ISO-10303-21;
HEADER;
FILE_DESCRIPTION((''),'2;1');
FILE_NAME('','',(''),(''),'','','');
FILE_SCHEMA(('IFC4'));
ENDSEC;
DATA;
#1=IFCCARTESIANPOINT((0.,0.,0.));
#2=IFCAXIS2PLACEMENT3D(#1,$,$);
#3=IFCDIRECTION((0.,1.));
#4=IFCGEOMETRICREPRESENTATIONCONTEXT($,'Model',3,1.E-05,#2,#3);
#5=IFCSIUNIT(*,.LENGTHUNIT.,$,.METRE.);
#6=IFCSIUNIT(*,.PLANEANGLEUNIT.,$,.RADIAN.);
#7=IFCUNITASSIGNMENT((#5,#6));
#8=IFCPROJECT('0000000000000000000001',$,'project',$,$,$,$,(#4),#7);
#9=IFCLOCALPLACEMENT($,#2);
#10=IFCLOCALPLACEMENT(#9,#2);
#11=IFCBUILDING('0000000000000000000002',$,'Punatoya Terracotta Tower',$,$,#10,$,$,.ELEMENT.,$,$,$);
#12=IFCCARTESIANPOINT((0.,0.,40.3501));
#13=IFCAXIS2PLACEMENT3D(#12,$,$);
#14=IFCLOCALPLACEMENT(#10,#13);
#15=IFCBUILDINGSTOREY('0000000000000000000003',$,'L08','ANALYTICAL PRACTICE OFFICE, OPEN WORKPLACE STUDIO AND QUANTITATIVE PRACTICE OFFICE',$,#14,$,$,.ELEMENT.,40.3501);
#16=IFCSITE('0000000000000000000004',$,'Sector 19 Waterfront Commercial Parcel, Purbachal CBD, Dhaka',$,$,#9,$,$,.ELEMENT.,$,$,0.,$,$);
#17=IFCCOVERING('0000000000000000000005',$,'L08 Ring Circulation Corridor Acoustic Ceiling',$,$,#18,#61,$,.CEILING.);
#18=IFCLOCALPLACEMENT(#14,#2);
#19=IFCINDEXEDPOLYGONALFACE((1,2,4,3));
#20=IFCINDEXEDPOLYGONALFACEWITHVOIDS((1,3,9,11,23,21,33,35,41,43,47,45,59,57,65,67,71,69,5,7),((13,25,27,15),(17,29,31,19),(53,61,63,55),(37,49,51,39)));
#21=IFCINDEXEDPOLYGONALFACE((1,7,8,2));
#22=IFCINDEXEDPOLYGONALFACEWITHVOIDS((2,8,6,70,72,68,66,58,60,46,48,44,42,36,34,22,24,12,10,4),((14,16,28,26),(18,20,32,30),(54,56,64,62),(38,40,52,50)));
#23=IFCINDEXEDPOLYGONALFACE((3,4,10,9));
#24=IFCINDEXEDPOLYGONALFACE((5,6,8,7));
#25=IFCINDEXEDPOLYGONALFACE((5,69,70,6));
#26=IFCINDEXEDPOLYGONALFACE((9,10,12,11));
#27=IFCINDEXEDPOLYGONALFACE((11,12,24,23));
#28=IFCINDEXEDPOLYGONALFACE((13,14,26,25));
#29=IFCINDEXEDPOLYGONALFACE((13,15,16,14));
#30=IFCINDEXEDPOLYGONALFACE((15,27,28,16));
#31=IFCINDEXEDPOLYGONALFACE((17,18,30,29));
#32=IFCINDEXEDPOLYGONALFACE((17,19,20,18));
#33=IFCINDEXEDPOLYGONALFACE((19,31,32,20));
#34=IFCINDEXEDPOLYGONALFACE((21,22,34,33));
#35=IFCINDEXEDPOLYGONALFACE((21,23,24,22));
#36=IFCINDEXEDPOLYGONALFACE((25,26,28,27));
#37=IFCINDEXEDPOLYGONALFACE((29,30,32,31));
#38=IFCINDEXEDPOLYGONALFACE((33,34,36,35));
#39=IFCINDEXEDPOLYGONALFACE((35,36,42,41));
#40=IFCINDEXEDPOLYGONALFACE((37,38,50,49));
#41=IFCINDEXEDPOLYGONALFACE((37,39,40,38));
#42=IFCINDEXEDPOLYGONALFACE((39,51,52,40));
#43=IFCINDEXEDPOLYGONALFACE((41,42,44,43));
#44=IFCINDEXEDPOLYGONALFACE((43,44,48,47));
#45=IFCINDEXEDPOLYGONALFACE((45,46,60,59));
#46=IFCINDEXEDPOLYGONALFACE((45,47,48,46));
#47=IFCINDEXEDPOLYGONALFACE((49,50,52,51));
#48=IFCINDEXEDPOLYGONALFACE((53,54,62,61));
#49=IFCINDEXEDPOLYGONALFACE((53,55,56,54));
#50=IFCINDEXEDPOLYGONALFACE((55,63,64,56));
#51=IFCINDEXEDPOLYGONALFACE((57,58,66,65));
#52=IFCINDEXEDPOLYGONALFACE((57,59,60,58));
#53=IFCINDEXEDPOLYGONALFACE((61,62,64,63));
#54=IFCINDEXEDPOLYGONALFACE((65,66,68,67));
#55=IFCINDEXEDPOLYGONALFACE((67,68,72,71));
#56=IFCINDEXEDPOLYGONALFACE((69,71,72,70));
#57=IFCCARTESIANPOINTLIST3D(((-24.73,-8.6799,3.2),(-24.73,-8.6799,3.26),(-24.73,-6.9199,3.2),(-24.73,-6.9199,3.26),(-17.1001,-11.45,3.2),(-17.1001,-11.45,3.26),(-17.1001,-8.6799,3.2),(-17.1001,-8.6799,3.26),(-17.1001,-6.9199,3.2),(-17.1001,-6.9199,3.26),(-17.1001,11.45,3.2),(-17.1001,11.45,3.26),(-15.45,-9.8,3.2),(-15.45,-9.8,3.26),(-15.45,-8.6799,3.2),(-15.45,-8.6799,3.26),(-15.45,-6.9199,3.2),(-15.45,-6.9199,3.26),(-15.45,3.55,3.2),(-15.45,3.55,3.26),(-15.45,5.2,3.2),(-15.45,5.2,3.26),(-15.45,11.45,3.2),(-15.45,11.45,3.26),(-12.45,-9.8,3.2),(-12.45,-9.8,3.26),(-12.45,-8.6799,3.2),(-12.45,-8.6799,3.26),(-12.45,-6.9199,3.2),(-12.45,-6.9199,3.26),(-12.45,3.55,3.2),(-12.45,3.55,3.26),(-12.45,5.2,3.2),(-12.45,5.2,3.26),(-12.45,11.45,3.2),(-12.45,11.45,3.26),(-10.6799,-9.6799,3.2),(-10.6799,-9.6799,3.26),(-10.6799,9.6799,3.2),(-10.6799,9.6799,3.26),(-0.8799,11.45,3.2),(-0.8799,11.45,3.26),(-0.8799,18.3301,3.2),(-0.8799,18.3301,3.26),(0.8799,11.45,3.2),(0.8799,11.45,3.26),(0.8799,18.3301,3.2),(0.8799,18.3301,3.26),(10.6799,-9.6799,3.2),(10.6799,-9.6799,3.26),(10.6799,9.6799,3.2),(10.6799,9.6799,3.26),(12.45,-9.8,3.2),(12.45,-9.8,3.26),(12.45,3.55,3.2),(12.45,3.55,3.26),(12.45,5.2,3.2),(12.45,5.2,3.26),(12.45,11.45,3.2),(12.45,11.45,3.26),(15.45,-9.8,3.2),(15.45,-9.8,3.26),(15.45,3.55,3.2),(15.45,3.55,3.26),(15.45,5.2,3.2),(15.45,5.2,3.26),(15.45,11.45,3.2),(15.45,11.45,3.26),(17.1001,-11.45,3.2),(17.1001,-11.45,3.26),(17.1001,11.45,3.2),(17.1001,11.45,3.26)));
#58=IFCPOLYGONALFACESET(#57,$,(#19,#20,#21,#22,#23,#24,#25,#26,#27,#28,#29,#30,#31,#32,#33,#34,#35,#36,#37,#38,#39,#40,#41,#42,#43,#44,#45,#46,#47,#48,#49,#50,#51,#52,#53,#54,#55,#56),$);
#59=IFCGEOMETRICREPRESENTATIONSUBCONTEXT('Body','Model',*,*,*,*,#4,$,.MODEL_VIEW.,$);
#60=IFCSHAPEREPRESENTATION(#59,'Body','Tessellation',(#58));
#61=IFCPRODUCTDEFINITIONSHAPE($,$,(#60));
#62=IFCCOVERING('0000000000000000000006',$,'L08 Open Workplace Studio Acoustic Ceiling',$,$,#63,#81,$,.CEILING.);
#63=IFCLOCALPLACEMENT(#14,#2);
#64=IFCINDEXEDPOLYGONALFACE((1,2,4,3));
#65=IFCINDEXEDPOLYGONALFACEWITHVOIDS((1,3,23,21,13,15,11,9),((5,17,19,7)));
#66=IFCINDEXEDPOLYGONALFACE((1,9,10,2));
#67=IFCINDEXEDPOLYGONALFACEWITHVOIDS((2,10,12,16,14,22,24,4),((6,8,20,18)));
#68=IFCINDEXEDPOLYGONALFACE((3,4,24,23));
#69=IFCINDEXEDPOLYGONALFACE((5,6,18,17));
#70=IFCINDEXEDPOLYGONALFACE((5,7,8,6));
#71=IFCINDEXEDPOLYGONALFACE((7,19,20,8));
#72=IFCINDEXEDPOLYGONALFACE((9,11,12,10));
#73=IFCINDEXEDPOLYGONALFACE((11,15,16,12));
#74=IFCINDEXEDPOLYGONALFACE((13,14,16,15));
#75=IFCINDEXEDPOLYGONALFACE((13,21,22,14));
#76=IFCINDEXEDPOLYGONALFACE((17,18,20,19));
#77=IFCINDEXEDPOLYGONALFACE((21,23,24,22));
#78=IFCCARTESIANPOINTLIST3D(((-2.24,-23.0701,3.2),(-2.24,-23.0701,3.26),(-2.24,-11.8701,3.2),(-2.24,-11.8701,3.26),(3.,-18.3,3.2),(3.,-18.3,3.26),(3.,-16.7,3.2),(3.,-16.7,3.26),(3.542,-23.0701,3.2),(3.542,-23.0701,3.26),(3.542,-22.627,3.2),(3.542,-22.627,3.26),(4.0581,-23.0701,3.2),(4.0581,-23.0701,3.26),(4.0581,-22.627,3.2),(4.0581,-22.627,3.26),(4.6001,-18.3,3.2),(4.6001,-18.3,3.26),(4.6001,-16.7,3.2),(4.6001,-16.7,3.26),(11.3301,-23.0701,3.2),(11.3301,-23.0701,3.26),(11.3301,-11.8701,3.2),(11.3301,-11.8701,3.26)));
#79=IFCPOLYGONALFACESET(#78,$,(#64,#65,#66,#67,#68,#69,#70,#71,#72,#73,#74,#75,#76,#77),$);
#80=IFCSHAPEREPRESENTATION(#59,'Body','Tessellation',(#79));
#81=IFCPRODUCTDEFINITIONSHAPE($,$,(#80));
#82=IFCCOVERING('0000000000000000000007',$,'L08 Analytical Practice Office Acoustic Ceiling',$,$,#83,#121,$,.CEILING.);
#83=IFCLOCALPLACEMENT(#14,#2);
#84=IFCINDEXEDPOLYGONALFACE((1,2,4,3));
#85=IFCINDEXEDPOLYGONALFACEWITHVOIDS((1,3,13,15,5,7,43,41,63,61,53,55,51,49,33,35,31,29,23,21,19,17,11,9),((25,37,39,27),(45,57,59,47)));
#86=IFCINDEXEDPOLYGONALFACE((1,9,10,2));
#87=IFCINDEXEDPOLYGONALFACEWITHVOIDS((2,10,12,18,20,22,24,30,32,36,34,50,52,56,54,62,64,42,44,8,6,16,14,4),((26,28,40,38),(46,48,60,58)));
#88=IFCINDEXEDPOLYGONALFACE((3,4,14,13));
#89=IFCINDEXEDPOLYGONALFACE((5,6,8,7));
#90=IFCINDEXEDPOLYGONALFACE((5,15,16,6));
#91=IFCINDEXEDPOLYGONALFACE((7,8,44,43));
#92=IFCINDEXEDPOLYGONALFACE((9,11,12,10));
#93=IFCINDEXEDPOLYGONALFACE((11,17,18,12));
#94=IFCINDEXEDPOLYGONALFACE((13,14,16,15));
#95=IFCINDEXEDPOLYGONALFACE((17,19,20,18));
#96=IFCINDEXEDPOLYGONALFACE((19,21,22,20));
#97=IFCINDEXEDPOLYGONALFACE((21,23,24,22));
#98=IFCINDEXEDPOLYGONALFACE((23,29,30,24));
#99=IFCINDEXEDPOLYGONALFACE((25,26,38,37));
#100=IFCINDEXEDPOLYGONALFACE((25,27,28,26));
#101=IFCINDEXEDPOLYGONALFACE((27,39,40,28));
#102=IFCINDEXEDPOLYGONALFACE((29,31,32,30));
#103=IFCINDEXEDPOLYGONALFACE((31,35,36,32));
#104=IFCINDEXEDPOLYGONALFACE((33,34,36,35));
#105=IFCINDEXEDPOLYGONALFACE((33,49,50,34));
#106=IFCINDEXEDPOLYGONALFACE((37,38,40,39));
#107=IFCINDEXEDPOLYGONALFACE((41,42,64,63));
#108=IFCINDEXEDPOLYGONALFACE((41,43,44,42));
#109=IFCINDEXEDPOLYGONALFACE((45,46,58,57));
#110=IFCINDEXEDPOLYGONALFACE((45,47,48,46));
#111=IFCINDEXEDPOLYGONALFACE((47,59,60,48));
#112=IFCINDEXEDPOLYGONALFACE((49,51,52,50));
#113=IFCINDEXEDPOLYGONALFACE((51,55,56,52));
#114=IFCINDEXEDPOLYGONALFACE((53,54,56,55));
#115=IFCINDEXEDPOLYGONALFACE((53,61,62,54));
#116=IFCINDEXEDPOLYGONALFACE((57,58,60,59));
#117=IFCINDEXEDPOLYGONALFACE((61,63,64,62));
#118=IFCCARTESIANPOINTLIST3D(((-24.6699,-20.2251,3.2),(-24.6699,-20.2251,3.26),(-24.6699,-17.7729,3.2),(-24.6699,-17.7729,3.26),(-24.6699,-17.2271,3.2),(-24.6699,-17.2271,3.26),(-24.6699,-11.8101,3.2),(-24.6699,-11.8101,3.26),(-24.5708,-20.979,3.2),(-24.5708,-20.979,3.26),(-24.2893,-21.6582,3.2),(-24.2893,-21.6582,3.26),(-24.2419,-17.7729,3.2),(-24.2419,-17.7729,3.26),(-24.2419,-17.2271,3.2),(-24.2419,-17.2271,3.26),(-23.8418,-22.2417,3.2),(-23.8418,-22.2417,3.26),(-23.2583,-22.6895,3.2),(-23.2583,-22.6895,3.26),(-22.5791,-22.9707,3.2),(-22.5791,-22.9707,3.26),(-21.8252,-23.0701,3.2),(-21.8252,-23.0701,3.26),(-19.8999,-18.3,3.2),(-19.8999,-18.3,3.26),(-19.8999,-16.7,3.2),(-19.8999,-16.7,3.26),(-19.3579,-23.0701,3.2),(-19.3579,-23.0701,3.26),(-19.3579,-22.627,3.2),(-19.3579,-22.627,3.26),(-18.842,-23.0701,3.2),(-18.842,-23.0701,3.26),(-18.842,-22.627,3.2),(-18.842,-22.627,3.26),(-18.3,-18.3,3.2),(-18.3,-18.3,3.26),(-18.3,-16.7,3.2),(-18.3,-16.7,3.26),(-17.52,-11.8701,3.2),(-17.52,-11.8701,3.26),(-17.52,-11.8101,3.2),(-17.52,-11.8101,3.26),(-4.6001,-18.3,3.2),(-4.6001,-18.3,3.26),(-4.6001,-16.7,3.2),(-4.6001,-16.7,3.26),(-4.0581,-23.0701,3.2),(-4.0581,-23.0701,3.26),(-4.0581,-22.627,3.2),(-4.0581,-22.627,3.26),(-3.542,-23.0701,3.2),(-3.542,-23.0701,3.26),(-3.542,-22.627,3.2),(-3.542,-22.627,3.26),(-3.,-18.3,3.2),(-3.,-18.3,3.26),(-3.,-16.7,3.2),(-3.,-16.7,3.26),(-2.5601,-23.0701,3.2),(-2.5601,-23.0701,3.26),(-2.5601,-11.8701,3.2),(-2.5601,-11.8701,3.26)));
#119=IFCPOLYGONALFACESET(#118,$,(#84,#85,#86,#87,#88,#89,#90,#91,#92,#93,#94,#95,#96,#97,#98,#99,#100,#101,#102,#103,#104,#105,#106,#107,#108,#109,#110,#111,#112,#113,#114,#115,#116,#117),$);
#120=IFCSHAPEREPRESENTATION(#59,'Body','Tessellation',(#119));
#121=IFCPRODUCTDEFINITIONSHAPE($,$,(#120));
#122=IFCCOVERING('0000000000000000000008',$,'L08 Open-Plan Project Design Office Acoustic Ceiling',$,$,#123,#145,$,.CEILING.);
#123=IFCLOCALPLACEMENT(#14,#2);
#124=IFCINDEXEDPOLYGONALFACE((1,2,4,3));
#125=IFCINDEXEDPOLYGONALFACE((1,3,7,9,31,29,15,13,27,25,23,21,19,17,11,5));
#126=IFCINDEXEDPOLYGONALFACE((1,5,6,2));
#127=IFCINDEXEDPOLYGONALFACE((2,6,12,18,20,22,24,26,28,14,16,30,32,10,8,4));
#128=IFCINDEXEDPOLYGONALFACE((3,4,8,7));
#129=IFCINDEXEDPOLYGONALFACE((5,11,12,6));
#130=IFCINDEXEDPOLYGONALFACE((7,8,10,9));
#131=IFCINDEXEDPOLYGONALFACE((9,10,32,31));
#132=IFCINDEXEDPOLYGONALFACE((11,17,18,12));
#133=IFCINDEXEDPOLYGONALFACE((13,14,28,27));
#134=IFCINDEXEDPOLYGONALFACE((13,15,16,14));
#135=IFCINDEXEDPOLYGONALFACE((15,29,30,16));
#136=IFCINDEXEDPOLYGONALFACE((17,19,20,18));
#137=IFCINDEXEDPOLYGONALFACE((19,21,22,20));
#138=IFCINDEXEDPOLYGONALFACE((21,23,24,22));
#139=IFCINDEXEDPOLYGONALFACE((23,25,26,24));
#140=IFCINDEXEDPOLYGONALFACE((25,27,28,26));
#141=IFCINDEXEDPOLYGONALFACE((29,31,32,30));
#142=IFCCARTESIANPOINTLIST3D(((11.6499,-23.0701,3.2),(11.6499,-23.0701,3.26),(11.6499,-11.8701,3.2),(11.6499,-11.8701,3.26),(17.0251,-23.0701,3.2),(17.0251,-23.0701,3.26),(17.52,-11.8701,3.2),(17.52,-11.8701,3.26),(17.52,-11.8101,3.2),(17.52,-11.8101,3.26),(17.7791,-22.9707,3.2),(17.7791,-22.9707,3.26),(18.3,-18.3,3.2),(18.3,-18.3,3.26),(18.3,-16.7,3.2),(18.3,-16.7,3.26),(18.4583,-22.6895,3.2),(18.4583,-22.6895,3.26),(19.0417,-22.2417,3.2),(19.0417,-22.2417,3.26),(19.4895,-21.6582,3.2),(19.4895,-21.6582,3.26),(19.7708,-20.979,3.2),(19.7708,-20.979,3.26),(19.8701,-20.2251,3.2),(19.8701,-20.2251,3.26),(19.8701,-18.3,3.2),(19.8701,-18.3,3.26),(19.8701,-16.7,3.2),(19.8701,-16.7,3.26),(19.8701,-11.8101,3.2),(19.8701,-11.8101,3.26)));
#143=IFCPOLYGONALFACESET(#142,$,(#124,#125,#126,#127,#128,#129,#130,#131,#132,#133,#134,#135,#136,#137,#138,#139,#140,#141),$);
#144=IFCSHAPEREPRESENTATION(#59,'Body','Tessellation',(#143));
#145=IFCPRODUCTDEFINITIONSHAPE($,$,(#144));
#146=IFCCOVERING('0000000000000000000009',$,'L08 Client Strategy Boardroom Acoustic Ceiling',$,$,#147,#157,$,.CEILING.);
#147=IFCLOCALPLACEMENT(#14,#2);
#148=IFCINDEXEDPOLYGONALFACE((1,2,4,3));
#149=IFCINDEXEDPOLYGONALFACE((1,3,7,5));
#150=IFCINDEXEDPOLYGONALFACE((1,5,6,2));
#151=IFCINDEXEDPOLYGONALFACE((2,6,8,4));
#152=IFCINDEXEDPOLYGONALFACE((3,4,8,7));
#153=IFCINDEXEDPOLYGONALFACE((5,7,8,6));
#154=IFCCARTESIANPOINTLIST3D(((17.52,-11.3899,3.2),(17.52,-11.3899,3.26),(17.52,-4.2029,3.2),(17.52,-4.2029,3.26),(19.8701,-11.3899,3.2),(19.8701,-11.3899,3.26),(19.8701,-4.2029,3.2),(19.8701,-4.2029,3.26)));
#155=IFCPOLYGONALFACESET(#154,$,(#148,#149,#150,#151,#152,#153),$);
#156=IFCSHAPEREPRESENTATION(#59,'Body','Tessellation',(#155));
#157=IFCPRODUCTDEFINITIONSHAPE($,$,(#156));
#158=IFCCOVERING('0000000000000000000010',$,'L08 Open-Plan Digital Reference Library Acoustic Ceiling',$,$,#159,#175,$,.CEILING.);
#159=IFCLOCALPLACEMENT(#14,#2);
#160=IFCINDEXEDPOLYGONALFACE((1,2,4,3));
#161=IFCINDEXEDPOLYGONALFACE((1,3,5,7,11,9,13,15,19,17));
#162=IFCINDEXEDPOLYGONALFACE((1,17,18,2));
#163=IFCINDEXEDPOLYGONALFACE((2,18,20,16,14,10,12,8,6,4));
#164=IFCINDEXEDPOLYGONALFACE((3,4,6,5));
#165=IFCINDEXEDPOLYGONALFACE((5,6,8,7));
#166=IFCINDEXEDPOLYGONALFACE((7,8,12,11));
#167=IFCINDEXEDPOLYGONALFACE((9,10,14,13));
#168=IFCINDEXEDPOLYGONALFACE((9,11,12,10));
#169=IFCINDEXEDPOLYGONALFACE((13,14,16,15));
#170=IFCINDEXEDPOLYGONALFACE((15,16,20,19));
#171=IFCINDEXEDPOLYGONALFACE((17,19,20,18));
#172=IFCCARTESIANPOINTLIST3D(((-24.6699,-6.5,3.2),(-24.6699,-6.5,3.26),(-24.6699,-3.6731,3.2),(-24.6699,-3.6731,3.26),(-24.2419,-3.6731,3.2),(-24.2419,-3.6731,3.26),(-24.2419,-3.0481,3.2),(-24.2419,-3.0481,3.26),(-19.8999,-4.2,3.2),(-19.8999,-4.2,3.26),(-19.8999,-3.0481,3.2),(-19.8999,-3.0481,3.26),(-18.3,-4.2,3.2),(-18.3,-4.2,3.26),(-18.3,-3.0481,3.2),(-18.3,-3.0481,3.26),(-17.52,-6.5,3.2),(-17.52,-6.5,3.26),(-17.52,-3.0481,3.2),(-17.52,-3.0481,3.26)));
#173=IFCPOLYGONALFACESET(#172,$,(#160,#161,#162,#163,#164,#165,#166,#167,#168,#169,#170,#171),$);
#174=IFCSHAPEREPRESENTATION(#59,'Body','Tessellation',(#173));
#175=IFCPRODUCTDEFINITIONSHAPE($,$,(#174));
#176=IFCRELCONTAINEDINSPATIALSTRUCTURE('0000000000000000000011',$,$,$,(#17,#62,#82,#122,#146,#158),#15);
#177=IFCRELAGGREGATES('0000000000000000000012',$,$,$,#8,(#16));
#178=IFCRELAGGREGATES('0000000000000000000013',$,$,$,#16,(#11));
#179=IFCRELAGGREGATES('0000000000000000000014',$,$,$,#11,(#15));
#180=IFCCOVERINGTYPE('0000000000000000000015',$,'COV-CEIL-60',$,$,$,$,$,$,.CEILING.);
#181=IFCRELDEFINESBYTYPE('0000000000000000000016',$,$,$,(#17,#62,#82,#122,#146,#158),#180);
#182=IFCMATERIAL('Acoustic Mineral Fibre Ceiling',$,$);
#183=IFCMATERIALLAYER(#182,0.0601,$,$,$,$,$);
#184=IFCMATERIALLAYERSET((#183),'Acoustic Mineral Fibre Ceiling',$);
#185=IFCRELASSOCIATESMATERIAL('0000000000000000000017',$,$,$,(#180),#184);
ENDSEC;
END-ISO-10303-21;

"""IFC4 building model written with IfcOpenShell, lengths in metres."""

from ifc_helpers import new_model, si_unit, direction, frame, origin, place, context, subcontext, project, spatial, polyline, outline, extrude, material, layer, layer_set, type_object, element, save


model = new_model("IFC4")

# Units and contexts
model_context = context("Model", 3, precision=1e-05, world=origin(), true_north=direction((0.0, 1.0)))
body_context = subcontext(model_context, "Body", "Model", "MODEL_VIEW")
ifc_project = project(units=[si_unit("LENGTHUNIT", "METRE"), si_unit("PLANEANGLEUNIT", "RADIAN")], contexts=[model_context])

# Site, building, storey
site_placement = place(None, origin())
site = spatial("IfcSite", under=ifc_project, at=site_placement, Name="Sector 19 Waterfront Commercial Parcel, Purbachal CBD, Dhaka", CompositionType="ELEMENT", RefElevation=0.0)
building_placement = place(site_placement, origin())
building = spatial("IfcBuilding", under=site, at=building_placement, Name="Punatoya Terracotta Tower", CompositionType="ELEMENT")
storey_placement = place(building_placement, frame((0.0, 0.0, 40.3501)))
storey = spatial("IfcBuildingStorey", under=building, at=storey_placement, Name="L08", Description="ANALYTICAL PRACTICE OFFICE, OPEN WORKPLACE STUDIO AND QUANTITATIVE PRACTICE OFFICE", CompositionType="ELEMENT", Elevation=40.3501)

# Coverings
ifc_material_1 = material(Name="Acoustic Mineral Fibre Ceiling")
ifc_layer_1 = layer(ifc_material_1, 0.0601)
ifc_layer_set_1 = layer_set([ifc_layer_1], Name="Acoustic Mineral Fibre Ceiling")
covering_type = type_object("IfcCoveringType", Name="COV-CEIL-60", PredefinedType="CEILING", material=ifc_layer_set_1)
covering_1_placement = place(storey_placement, frame((0.0, 0.0, 3.2)))
element("IfcCovering", 1, at=covering_1_placement, inside=storey, type_object=covering_type, Name="L08 Ring Circulation Corridor Acoustic Ceiling", PredefinedType="CEILING", context=body_context, shape_type="SweptSolid", body=[
    extrude(outline(polyline([(-17.1001, -11.45), (17.1001, -11.45), (17.1001, 11.45), (15.45, 11.45), (15.45, 5.2), (12.45, 5.2), (12.45, 11.45), (0.8799, 11.45), (0.8799, 18.3301), (-0.8799, 18.3301), (-0.8799, 11.45), (-12.45, 11.45), (-12.45, 5.2), (-15.45, 5.2), (-15.45, 11.45), (-17.1001, 11.45), (-17.1001, -6.9199), (-24.73, -6.9199), (-24.73, -8.6799), (-17.1001, -8.6799), (-17.1001, -11.45)]), holes=[polyline([(15.45, 3.55), (15.45, -9.8), (12.45, -9.8), (12.45, 3.55), (15.45, 3.55)]), polyline([(10.6799, 9.6799), (10.6799, -9.6799), (-10.6799, -9.6799), (-10.6799, 9.6799), (10.6799, 9.6799)]), polyline([(-15.45, -9.8), (-15.45, -8.6799), (-12.45, -8.6799), (-12.45, -9.8), (-15.45, -9.8)]), polyline([(-12.45, -6.9199), (-15.45, -6.9199), (-15.45, 3.55), (-12.45, 3.55), (-12.45, -6.9199)])]), origin(), (0.0, 0.0, 1.0), 0.0601),
])
covering_2_placement = place(storey_placement, frame((0.0, 0.0, 3.2)))
element("IfcCovering", 2, at=covering_2_placement, inside=storey, type_object=covering_type, Name="L08 Open Workplace Studio Acoustic Ceiling", PredefinedType="CEILING", context=body_context, shape_type="SweptSolid", body=[
    extrude(outline(polyline([(3.542, -22.627), (4.0581, -22.627), (4.0581, -23.0701), (11.3301, -23.0701), (11.3301, -11.8701), (-2.24, -11.8701), (-2.24, -23.0701), (3.542, -23.0701), (3.542, -22.627)]), holes=[polyline([(4.6001, -16.7), (4.6001, -18.3), (3.0, -18.3), (3.0, -16.7), (4.6001, -16.7)])]), origin(), (0.0, 0.0, 1.0), 0.0601),
])
covering_3_placement = place(storey_placement, frame((0.0, 0.0, 3.2)))
element("IfcCovering", 3, at=covering_3_placement, inside=storey, type_object=covering_type, Name="L08 Analytical Practice Office Acoustic Ceiling", PredefinedType="CEILING", context=body_context, shape_type="SweptSolid", body=[
    extrude(outline(polyline([(-18.842, -23.0701), (-4.0581, -23.0701), (-4.0581, -22.627), (-3.542, -22.627), (-3.542, -23.0701), (-2.5601, -23.0701), (-2.5601, -11.8701), (-17.52, -11.8701), (-17.52, -11.8101), (-24.6699, -11.8101), (-24.6699, -17.2271), (-24.2419, -17.2271), (-24.2419, -17.7729), (-24.6699, -17.7729), (-24.6699, -20.2251), (-24.5708, -20.979), (-24.2893, -21.6582), (-23.8418, -22.2417), (-23.2583, -22.6895), (-22.5791, -22.9707), (-21.8252, -23.0701), (-19.3579, -23.0701), (-19.3579, -22.627), (-18.842, -22.627), (-18.842, -23.0701)]), holes=[polyline([(-4.6001, -16.7), (-3.0, -16.7), (-3.0, -18.3), (-4.6001, -18.3), (-4.6001, -16.7)]), polyline([(-19.8999, -18.3), (-19.8999, -16.7), (-18.3, -16.7), (-18.3, -18.3), (-19.8999, -18.3)])]), origin(), (0.0, 0.0, 1.0), 0.0601),
])
covering_4_placement = place(storey_placement, frame((0.0, 0.0, 3.2)))
element("IfcCovering", 4, at=covering_4_placement, inside=storey, type_object=covering_type, Name="L08 Open-Plan Project Design Office Acoustic Ceiling", PredefinedType="CEILING", context=body_context, shape_type="SweptSolid", body=[
    extrude(outline(polyline([(17.52, -11.8701), (11.6499, -11.8701), (11.6499, -23.0701), (17.0251, -23.0701), (17.7791, -22.9707), (18.4583, -22.6895), (19.0417, -22.2417), (19.4895, -21.6582), (19.7708, -20.979), (19.8701, -20.2251), (19.8701, -18.3), (18.3, -18.3), (18.3, -16.7), (19.8701, -16.7), (19.8701, -11.8101), (17.52, -11.8101), (17.52, -11.8701)])), origin(), (0.0, 0.0, 1.0), 0.0601),
])
covering_5_placement = place(storey_placement, frame((0.0, 0.0, 3.2)))
element("IfcCovering", 5, at=covering_5_placement, inside=storey, type_object=covering_type, Name="L08 Client Strategy Boardroom Acoustic Ceiling", PredefinedType="CEILING", context=body_context, shape_type="SweptSolid", body=[
    extrude(outline(polyline([(17.52, -4.2029), (17.52, -11.3899), (19.8701, -11.3899), (19.8701, -4.2029), (17.52, -4.2029)])), origin(), (0.0, 0.0, 1.0), 0.0601),
])
covering_6_placement = place(storey_placement, frame((0.0, 0.0, 3.2)))
element("IfcCovering", 6, at=covering_6_placement, inside=storey, type_object=covering_type, Name="L08 Open-Plan Digital Reference Library Acoustic Ceiling", PredefinedType="CEILING", context=body_context, shape_type="SweptSolid", body=[
    extrude(outline(polyline([(-24.2419, -3.0481), (-24.2419, -3.6731), (-24.6699, -3.6731), (-24.6699, -6.5), (-17.52, -6.5), (-17.52, -3.0481), (-18.3, -3.0481), (-18.3, -4.2), (-19.8999, -4.2), (-19.8999, -3.0481), (-24.2419, -3.0481)])), origin(), (0.0, 0.0, 1.0), 0.0601),
])

save(model, "model.ifc")
